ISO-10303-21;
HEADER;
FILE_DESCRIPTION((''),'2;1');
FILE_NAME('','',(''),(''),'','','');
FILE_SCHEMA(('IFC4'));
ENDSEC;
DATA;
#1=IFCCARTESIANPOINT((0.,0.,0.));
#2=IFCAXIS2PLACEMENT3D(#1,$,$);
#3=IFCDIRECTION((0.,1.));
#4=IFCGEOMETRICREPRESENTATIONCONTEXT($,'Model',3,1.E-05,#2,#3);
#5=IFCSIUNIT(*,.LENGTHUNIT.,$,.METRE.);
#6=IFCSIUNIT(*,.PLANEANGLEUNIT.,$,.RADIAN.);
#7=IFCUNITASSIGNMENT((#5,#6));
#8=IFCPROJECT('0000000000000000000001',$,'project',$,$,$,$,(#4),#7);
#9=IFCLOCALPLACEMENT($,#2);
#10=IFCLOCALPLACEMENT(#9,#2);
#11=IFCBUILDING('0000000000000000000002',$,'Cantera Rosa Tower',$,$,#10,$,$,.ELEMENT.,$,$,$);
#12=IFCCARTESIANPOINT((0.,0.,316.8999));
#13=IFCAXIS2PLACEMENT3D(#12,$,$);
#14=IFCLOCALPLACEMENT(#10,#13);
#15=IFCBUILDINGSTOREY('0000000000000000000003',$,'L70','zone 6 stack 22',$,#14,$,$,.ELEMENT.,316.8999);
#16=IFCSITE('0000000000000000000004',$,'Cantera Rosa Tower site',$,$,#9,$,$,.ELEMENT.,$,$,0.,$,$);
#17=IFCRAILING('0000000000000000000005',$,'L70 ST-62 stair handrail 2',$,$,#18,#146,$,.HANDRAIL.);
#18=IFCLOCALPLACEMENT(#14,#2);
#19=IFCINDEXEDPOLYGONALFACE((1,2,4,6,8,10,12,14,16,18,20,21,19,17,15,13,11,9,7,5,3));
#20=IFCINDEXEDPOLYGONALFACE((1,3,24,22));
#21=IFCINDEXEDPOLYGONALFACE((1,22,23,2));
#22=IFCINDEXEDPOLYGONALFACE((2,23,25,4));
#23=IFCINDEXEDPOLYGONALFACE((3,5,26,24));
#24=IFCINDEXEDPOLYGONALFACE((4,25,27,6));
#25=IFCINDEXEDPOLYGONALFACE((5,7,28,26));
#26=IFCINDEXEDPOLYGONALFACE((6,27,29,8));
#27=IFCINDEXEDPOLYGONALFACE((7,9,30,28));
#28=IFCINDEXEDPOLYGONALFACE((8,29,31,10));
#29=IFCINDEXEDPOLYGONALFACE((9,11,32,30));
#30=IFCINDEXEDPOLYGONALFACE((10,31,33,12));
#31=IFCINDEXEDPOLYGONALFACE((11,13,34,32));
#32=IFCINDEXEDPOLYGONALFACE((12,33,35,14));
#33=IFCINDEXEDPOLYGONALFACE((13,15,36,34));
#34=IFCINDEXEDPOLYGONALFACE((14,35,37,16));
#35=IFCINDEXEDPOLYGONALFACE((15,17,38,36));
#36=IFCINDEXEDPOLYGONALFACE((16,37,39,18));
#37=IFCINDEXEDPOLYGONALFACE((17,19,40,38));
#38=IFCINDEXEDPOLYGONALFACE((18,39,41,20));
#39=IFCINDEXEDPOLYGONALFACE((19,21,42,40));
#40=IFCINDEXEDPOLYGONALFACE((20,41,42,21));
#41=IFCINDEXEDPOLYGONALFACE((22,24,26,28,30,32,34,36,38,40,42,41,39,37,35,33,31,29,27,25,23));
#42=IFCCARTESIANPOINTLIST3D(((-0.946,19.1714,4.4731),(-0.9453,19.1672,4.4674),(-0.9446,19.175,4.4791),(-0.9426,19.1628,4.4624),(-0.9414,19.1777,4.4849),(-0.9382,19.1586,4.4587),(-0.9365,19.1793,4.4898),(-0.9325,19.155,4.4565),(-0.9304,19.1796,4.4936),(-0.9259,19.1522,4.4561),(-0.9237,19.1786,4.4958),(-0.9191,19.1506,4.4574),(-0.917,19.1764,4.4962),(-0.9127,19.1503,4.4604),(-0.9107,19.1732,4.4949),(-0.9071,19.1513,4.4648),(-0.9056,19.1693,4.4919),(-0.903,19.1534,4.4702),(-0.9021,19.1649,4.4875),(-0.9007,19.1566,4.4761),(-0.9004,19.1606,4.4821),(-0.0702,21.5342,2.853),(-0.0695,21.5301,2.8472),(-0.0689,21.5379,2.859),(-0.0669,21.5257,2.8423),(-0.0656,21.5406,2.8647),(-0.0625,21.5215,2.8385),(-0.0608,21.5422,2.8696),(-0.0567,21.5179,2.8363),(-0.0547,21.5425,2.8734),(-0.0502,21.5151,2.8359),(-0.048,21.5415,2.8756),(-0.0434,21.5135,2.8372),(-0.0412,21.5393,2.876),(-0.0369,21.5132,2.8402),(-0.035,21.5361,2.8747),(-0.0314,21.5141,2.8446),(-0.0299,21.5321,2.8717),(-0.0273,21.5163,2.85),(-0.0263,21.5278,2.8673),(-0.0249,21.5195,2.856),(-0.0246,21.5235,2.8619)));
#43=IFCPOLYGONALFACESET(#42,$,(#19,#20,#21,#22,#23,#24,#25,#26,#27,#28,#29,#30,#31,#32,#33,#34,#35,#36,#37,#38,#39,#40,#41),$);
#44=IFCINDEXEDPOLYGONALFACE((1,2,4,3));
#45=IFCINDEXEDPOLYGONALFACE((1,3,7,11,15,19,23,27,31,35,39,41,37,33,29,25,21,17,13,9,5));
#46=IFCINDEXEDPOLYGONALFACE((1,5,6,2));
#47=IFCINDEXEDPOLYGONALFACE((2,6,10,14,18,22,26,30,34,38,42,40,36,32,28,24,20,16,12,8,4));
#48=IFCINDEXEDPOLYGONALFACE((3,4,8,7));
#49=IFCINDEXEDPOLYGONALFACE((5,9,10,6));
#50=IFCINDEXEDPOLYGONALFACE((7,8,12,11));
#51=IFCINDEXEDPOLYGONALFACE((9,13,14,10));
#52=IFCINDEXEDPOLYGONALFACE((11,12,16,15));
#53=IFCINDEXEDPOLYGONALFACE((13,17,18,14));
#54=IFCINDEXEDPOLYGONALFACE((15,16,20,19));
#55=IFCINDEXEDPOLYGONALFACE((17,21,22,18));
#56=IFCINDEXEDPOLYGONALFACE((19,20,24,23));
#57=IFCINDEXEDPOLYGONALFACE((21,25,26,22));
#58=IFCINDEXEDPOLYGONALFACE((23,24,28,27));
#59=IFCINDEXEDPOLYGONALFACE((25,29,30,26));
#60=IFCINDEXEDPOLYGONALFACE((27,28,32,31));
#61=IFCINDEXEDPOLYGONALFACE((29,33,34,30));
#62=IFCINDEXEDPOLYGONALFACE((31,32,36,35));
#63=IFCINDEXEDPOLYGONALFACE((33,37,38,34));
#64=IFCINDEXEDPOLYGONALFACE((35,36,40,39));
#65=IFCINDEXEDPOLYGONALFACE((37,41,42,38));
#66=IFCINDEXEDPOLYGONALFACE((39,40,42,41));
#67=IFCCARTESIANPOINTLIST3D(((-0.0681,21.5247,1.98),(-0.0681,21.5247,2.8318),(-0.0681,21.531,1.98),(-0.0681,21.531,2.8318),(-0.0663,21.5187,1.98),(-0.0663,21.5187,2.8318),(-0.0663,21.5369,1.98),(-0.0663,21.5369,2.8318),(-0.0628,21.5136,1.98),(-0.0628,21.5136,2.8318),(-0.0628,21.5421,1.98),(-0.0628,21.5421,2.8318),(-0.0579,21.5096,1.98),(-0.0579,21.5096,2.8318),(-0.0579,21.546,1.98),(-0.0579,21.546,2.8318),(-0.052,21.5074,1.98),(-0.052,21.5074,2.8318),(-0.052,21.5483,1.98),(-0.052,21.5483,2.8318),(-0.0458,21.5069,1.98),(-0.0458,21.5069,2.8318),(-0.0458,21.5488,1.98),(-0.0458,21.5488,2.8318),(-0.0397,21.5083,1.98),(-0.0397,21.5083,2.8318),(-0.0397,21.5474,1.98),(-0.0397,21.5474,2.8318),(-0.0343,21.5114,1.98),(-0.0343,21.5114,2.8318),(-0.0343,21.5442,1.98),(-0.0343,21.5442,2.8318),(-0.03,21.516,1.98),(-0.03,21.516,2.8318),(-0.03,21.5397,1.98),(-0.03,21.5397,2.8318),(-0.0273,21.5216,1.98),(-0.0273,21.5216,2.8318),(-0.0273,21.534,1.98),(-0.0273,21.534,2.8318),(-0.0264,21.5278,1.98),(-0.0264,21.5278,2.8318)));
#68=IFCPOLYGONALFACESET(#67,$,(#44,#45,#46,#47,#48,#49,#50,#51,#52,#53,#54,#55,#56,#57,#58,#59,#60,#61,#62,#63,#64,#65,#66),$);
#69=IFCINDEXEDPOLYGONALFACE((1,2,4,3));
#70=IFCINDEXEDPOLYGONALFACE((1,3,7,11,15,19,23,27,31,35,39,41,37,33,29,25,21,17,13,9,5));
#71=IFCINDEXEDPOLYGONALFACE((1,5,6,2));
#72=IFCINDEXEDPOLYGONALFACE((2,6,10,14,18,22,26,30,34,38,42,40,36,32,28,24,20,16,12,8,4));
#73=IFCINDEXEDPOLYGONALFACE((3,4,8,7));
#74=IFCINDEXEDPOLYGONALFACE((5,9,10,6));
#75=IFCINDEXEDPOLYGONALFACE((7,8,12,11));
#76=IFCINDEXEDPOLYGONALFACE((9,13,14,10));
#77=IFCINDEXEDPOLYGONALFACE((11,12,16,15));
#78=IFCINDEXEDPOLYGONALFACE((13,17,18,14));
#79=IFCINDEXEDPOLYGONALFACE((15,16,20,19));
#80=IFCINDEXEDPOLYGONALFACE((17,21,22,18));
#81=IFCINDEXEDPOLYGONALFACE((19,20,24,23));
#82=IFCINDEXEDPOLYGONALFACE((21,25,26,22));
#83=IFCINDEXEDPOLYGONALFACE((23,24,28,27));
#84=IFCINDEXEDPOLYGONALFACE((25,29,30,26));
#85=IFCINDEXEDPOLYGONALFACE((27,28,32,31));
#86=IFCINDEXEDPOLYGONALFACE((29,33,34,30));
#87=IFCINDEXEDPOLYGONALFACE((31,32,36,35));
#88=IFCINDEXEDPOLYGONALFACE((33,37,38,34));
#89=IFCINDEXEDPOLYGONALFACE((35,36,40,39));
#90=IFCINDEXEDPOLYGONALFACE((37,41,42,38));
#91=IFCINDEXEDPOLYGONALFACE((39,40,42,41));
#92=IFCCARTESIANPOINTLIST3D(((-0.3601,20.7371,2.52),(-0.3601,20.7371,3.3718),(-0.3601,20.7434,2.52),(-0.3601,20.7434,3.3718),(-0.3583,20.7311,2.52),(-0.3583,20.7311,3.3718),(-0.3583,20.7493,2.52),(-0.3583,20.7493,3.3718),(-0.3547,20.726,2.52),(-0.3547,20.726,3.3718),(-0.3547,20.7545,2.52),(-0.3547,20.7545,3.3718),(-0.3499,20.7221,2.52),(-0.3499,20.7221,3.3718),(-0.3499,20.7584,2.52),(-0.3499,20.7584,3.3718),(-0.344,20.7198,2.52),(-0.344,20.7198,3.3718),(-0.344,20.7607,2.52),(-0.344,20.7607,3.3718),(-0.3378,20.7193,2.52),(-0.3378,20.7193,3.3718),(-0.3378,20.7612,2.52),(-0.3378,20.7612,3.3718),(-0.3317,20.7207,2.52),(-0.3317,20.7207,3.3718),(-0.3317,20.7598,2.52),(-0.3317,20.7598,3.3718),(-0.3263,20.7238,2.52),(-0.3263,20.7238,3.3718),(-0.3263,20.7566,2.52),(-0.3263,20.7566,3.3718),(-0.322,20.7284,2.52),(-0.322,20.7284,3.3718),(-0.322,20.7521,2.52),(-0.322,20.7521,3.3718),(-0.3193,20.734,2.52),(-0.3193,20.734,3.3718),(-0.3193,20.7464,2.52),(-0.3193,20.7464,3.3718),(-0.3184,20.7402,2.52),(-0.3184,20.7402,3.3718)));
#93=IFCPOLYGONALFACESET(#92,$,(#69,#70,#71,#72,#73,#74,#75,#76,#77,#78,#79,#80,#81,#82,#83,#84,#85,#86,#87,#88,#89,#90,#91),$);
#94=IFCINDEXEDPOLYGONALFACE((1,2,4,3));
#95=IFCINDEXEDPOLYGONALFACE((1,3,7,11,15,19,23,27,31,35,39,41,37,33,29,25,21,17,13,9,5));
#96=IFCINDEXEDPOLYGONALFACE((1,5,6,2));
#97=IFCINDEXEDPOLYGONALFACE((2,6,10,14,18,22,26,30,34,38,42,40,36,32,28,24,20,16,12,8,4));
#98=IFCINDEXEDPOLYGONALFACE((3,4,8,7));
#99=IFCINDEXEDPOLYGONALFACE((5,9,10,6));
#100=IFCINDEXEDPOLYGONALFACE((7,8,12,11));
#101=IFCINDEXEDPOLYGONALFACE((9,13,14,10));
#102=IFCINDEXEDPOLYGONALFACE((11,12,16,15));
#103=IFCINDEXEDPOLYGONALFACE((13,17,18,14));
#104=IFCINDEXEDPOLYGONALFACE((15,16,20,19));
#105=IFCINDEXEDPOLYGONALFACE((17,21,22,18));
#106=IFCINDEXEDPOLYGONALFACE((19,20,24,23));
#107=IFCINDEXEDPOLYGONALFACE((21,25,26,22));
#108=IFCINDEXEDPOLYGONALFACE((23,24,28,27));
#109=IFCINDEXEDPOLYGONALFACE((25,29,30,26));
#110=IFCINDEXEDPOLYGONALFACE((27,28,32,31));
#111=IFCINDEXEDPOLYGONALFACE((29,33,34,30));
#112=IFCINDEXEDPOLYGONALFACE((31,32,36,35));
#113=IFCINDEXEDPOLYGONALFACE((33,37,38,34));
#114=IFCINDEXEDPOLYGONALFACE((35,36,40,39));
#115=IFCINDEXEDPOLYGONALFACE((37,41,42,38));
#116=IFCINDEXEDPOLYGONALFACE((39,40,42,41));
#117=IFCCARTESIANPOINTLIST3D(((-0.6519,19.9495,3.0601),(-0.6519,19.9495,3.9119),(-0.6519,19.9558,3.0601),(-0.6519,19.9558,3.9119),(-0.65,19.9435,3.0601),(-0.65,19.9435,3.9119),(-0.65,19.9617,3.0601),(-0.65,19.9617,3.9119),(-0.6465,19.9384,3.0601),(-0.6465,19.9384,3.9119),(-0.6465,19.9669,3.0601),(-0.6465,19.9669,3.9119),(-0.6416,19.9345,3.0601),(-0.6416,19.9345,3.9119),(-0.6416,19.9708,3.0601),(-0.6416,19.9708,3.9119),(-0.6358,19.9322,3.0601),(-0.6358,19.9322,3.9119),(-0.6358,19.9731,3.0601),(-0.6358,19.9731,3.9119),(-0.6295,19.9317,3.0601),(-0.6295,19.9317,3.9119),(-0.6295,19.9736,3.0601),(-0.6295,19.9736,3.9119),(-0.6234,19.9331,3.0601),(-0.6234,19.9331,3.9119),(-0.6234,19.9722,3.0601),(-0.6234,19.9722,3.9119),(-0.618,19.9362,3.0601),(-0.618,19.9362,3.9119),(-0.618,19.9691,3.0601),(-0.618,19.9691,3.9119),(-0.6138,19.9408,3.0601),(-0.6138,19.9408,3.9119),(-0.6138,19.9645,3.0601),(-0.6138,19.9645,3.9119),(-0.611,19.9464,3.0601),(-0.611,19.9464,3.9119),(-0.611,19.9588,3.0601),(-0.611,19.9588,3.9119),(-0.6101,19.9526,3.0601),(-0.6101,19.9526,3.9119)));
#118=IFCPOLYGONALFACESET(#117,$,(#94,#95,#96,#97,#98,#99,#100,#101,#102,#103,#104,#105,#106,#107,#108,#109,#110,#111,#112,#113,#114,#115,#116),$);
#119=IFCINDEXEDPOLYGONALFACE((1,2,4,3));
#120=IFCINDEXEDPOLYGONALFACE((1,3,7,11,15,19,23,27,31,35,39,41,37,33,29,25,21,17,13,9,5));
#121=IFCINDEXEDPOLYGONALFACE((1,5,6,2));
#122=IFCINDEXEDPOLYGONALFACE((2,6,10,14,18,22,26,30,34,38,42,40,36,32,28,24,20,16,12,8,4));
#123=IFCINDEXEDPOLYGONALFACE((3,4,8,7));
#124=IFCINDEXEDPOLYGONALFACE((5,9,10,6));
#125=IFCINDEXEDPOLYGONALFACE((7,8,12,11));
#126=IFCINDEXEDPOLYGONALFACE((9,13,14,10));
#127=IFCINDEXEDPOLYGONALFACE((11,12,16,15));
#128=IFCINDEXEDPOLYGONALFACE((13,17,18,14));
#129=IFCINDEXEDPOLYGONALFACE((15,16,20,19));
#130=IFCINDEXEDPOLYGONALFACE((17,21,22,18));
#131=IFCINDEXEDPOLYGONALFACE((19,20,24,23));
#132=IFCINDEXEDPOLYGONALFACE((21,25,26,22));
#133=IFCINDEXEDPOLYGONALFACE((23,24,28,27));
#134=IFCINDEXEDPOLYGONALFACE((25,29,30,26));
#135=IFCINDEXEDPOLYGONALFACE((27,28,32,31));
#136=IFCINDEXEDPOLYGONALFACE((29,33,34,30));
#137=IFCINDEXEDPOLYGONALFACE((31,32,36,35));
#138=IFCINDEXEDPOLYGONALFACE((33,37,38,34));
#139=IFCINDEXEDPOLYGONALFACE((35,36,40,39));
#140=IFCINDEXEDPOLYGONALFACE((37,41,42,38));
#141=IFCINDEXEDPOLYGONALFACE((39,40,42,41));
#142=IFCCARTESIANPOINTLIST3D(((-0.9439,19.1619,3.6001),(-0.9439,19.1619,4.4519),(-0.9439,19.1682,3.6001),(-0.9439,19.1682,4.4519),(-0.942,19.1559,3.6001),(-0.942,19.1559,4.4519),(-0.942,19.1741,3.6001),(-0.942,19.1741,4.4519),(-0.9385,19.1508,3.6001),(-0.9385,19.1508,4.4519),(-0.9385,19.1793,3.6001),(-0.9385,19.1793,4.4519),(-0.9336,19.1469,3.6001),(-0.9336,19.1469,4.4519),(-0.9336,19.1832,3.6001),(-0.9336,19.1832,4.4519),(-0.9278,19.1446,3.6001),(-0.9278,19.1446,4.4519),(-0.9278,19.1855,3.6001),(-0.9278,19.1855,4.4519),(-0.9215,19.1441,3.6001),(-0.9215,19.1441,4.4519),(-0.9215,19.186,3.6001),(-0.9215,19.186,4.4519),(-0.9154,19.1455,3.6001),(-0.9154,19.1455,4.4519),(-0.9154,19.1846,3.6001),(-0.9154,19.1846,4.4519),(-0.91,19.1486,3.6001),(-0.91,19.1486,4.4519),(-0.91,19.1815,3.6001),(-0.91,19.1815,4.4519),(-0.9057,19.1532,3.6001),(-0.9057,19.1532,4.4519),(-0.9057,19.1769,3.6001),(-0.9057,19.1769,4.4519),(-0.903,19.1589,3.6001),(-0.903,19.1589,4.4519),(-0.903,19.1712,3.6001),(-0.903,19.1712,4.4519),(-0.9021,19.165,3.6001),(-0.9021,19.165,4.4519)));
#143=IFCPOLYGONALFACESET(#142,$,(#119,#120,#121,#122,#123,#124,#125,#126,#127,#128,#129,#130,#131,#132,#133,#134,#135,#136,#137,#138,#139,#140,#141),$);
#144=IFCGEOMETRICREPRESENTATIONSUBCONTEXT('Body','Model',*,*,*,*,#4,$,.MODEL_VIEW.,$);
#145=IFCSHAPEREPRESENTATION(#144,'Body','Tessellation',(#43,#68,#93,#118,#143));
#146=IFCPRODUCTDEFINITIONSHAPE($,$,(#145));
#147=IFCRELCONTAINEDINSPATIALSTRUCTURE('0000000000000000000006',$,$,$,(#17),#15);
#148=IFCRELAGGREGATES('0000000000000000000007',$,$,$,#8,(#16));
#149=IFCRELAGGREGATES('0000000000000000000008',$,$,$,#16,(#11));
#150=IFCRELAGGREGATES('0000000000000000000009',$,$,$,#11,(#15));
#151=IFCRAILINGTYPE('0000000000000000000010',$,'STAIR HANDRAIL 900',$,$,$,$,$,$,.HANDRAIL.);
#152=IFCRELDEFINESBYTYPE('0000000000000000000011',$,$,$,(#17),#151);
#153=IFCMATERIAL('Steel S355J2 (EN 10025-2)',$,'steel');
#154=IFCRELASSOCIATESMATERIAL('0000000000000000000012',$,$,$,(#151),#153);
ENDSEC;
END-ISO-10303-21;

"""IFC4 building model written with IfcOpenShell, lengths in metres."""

from ifc_helpers import new_model, si_unit, direction, frame, origin, origin_2d, place, context, subcontext, project, spatial, circle, extrude, material, type_object, element, save


model = new_model("IFC4")

# Units and contexts
model_context = context("Model", 3, precision=1e-05, world=origin(), true_north=direction((0.0, 1.0)))
body_context = subcontext(model_context, "Body", "Model", "MODEL_VIEW")
ifc_project = project(units=[si_unit("LENGTHUNIT", "METRE"), si_unit("PLANEANGLEUNIT", "RADIAN")], contexts=[model_context])

# Site, building, storey
site_placement = place(None, origin())
site = spatial("IfcSite", under=ifc_project, at=site_placement, Name="Cantera Rosa Tower site", CompositionType="ELEMENT", RefElevation=0.0)
building_placement = place(site_placement, origin())
building = spatial("IfcBuilding", under=site, at=building_placement, Name="Cantera Rosa Tower", CompositionType="ELEMENT")
storey_placement = place(building_placement, frame((0.0, 0.0, 316.8999)))
storey = spatial("IfcBuildingStorey", under=building, at=storey_placement, Name="L70", Description="zone 6 stack 22", CompositionType="ELEMENT", Elevation=316.8999)

# Railing
ifc_material_1 = material(Name="Steel S355J2 (EN 10025-2)", Category="steel")
railing_type = type_object("IfcRailingType", Name="STAIR HANDRAIL 900", PredefinedType="HANDRAIL", material=ifc_material_1)
railing_placement = place(storey_placement, frame((-0.0474, 21.5278, 1.98)))
element("IfcRailing", 1, at=railing_placement, inside=storey, type_object=railing_type, Name="L70 ST-62 stair handrail 2", PredefinedType="HANDRAIL", context=body_context, shape_type="SweptSolid", body=[
    extrude(circle(Radius=0.0239, at=origin_2d()), frame((0.0, 0.0, 0.876), z_axis=(-0.292326, -0.788717, 0.540806), x_axis=(0.937668, -0.347532, 0.0)), (0.0, 0.0, 1.0), 2.9958),
    extrude(circle(Radius=0.021, at=origin_2d()), origin(), (0.0, 0.0, 1.0), 0.8518),
    extrude(circle(Radius=0.021, at=origin_2d()), frame((-0.292, -0.7876, 0.54)), (0.0, 0.0, 1.0), 0.8518),
    extrude(circle(Radius=0.021, at=origin_2d()), frame((-0.5837, -1.5752, 1.0801)), (0.0, 0.0, 1.0), 0.8518),
    extrude(circle(Radius=0.021, at=origin_2d()), frame((-0.8757, -2.3628, 1.6201)), (0.0, 0.0, 1.0), 0.8518),
])

save(model, "model.ifc")
